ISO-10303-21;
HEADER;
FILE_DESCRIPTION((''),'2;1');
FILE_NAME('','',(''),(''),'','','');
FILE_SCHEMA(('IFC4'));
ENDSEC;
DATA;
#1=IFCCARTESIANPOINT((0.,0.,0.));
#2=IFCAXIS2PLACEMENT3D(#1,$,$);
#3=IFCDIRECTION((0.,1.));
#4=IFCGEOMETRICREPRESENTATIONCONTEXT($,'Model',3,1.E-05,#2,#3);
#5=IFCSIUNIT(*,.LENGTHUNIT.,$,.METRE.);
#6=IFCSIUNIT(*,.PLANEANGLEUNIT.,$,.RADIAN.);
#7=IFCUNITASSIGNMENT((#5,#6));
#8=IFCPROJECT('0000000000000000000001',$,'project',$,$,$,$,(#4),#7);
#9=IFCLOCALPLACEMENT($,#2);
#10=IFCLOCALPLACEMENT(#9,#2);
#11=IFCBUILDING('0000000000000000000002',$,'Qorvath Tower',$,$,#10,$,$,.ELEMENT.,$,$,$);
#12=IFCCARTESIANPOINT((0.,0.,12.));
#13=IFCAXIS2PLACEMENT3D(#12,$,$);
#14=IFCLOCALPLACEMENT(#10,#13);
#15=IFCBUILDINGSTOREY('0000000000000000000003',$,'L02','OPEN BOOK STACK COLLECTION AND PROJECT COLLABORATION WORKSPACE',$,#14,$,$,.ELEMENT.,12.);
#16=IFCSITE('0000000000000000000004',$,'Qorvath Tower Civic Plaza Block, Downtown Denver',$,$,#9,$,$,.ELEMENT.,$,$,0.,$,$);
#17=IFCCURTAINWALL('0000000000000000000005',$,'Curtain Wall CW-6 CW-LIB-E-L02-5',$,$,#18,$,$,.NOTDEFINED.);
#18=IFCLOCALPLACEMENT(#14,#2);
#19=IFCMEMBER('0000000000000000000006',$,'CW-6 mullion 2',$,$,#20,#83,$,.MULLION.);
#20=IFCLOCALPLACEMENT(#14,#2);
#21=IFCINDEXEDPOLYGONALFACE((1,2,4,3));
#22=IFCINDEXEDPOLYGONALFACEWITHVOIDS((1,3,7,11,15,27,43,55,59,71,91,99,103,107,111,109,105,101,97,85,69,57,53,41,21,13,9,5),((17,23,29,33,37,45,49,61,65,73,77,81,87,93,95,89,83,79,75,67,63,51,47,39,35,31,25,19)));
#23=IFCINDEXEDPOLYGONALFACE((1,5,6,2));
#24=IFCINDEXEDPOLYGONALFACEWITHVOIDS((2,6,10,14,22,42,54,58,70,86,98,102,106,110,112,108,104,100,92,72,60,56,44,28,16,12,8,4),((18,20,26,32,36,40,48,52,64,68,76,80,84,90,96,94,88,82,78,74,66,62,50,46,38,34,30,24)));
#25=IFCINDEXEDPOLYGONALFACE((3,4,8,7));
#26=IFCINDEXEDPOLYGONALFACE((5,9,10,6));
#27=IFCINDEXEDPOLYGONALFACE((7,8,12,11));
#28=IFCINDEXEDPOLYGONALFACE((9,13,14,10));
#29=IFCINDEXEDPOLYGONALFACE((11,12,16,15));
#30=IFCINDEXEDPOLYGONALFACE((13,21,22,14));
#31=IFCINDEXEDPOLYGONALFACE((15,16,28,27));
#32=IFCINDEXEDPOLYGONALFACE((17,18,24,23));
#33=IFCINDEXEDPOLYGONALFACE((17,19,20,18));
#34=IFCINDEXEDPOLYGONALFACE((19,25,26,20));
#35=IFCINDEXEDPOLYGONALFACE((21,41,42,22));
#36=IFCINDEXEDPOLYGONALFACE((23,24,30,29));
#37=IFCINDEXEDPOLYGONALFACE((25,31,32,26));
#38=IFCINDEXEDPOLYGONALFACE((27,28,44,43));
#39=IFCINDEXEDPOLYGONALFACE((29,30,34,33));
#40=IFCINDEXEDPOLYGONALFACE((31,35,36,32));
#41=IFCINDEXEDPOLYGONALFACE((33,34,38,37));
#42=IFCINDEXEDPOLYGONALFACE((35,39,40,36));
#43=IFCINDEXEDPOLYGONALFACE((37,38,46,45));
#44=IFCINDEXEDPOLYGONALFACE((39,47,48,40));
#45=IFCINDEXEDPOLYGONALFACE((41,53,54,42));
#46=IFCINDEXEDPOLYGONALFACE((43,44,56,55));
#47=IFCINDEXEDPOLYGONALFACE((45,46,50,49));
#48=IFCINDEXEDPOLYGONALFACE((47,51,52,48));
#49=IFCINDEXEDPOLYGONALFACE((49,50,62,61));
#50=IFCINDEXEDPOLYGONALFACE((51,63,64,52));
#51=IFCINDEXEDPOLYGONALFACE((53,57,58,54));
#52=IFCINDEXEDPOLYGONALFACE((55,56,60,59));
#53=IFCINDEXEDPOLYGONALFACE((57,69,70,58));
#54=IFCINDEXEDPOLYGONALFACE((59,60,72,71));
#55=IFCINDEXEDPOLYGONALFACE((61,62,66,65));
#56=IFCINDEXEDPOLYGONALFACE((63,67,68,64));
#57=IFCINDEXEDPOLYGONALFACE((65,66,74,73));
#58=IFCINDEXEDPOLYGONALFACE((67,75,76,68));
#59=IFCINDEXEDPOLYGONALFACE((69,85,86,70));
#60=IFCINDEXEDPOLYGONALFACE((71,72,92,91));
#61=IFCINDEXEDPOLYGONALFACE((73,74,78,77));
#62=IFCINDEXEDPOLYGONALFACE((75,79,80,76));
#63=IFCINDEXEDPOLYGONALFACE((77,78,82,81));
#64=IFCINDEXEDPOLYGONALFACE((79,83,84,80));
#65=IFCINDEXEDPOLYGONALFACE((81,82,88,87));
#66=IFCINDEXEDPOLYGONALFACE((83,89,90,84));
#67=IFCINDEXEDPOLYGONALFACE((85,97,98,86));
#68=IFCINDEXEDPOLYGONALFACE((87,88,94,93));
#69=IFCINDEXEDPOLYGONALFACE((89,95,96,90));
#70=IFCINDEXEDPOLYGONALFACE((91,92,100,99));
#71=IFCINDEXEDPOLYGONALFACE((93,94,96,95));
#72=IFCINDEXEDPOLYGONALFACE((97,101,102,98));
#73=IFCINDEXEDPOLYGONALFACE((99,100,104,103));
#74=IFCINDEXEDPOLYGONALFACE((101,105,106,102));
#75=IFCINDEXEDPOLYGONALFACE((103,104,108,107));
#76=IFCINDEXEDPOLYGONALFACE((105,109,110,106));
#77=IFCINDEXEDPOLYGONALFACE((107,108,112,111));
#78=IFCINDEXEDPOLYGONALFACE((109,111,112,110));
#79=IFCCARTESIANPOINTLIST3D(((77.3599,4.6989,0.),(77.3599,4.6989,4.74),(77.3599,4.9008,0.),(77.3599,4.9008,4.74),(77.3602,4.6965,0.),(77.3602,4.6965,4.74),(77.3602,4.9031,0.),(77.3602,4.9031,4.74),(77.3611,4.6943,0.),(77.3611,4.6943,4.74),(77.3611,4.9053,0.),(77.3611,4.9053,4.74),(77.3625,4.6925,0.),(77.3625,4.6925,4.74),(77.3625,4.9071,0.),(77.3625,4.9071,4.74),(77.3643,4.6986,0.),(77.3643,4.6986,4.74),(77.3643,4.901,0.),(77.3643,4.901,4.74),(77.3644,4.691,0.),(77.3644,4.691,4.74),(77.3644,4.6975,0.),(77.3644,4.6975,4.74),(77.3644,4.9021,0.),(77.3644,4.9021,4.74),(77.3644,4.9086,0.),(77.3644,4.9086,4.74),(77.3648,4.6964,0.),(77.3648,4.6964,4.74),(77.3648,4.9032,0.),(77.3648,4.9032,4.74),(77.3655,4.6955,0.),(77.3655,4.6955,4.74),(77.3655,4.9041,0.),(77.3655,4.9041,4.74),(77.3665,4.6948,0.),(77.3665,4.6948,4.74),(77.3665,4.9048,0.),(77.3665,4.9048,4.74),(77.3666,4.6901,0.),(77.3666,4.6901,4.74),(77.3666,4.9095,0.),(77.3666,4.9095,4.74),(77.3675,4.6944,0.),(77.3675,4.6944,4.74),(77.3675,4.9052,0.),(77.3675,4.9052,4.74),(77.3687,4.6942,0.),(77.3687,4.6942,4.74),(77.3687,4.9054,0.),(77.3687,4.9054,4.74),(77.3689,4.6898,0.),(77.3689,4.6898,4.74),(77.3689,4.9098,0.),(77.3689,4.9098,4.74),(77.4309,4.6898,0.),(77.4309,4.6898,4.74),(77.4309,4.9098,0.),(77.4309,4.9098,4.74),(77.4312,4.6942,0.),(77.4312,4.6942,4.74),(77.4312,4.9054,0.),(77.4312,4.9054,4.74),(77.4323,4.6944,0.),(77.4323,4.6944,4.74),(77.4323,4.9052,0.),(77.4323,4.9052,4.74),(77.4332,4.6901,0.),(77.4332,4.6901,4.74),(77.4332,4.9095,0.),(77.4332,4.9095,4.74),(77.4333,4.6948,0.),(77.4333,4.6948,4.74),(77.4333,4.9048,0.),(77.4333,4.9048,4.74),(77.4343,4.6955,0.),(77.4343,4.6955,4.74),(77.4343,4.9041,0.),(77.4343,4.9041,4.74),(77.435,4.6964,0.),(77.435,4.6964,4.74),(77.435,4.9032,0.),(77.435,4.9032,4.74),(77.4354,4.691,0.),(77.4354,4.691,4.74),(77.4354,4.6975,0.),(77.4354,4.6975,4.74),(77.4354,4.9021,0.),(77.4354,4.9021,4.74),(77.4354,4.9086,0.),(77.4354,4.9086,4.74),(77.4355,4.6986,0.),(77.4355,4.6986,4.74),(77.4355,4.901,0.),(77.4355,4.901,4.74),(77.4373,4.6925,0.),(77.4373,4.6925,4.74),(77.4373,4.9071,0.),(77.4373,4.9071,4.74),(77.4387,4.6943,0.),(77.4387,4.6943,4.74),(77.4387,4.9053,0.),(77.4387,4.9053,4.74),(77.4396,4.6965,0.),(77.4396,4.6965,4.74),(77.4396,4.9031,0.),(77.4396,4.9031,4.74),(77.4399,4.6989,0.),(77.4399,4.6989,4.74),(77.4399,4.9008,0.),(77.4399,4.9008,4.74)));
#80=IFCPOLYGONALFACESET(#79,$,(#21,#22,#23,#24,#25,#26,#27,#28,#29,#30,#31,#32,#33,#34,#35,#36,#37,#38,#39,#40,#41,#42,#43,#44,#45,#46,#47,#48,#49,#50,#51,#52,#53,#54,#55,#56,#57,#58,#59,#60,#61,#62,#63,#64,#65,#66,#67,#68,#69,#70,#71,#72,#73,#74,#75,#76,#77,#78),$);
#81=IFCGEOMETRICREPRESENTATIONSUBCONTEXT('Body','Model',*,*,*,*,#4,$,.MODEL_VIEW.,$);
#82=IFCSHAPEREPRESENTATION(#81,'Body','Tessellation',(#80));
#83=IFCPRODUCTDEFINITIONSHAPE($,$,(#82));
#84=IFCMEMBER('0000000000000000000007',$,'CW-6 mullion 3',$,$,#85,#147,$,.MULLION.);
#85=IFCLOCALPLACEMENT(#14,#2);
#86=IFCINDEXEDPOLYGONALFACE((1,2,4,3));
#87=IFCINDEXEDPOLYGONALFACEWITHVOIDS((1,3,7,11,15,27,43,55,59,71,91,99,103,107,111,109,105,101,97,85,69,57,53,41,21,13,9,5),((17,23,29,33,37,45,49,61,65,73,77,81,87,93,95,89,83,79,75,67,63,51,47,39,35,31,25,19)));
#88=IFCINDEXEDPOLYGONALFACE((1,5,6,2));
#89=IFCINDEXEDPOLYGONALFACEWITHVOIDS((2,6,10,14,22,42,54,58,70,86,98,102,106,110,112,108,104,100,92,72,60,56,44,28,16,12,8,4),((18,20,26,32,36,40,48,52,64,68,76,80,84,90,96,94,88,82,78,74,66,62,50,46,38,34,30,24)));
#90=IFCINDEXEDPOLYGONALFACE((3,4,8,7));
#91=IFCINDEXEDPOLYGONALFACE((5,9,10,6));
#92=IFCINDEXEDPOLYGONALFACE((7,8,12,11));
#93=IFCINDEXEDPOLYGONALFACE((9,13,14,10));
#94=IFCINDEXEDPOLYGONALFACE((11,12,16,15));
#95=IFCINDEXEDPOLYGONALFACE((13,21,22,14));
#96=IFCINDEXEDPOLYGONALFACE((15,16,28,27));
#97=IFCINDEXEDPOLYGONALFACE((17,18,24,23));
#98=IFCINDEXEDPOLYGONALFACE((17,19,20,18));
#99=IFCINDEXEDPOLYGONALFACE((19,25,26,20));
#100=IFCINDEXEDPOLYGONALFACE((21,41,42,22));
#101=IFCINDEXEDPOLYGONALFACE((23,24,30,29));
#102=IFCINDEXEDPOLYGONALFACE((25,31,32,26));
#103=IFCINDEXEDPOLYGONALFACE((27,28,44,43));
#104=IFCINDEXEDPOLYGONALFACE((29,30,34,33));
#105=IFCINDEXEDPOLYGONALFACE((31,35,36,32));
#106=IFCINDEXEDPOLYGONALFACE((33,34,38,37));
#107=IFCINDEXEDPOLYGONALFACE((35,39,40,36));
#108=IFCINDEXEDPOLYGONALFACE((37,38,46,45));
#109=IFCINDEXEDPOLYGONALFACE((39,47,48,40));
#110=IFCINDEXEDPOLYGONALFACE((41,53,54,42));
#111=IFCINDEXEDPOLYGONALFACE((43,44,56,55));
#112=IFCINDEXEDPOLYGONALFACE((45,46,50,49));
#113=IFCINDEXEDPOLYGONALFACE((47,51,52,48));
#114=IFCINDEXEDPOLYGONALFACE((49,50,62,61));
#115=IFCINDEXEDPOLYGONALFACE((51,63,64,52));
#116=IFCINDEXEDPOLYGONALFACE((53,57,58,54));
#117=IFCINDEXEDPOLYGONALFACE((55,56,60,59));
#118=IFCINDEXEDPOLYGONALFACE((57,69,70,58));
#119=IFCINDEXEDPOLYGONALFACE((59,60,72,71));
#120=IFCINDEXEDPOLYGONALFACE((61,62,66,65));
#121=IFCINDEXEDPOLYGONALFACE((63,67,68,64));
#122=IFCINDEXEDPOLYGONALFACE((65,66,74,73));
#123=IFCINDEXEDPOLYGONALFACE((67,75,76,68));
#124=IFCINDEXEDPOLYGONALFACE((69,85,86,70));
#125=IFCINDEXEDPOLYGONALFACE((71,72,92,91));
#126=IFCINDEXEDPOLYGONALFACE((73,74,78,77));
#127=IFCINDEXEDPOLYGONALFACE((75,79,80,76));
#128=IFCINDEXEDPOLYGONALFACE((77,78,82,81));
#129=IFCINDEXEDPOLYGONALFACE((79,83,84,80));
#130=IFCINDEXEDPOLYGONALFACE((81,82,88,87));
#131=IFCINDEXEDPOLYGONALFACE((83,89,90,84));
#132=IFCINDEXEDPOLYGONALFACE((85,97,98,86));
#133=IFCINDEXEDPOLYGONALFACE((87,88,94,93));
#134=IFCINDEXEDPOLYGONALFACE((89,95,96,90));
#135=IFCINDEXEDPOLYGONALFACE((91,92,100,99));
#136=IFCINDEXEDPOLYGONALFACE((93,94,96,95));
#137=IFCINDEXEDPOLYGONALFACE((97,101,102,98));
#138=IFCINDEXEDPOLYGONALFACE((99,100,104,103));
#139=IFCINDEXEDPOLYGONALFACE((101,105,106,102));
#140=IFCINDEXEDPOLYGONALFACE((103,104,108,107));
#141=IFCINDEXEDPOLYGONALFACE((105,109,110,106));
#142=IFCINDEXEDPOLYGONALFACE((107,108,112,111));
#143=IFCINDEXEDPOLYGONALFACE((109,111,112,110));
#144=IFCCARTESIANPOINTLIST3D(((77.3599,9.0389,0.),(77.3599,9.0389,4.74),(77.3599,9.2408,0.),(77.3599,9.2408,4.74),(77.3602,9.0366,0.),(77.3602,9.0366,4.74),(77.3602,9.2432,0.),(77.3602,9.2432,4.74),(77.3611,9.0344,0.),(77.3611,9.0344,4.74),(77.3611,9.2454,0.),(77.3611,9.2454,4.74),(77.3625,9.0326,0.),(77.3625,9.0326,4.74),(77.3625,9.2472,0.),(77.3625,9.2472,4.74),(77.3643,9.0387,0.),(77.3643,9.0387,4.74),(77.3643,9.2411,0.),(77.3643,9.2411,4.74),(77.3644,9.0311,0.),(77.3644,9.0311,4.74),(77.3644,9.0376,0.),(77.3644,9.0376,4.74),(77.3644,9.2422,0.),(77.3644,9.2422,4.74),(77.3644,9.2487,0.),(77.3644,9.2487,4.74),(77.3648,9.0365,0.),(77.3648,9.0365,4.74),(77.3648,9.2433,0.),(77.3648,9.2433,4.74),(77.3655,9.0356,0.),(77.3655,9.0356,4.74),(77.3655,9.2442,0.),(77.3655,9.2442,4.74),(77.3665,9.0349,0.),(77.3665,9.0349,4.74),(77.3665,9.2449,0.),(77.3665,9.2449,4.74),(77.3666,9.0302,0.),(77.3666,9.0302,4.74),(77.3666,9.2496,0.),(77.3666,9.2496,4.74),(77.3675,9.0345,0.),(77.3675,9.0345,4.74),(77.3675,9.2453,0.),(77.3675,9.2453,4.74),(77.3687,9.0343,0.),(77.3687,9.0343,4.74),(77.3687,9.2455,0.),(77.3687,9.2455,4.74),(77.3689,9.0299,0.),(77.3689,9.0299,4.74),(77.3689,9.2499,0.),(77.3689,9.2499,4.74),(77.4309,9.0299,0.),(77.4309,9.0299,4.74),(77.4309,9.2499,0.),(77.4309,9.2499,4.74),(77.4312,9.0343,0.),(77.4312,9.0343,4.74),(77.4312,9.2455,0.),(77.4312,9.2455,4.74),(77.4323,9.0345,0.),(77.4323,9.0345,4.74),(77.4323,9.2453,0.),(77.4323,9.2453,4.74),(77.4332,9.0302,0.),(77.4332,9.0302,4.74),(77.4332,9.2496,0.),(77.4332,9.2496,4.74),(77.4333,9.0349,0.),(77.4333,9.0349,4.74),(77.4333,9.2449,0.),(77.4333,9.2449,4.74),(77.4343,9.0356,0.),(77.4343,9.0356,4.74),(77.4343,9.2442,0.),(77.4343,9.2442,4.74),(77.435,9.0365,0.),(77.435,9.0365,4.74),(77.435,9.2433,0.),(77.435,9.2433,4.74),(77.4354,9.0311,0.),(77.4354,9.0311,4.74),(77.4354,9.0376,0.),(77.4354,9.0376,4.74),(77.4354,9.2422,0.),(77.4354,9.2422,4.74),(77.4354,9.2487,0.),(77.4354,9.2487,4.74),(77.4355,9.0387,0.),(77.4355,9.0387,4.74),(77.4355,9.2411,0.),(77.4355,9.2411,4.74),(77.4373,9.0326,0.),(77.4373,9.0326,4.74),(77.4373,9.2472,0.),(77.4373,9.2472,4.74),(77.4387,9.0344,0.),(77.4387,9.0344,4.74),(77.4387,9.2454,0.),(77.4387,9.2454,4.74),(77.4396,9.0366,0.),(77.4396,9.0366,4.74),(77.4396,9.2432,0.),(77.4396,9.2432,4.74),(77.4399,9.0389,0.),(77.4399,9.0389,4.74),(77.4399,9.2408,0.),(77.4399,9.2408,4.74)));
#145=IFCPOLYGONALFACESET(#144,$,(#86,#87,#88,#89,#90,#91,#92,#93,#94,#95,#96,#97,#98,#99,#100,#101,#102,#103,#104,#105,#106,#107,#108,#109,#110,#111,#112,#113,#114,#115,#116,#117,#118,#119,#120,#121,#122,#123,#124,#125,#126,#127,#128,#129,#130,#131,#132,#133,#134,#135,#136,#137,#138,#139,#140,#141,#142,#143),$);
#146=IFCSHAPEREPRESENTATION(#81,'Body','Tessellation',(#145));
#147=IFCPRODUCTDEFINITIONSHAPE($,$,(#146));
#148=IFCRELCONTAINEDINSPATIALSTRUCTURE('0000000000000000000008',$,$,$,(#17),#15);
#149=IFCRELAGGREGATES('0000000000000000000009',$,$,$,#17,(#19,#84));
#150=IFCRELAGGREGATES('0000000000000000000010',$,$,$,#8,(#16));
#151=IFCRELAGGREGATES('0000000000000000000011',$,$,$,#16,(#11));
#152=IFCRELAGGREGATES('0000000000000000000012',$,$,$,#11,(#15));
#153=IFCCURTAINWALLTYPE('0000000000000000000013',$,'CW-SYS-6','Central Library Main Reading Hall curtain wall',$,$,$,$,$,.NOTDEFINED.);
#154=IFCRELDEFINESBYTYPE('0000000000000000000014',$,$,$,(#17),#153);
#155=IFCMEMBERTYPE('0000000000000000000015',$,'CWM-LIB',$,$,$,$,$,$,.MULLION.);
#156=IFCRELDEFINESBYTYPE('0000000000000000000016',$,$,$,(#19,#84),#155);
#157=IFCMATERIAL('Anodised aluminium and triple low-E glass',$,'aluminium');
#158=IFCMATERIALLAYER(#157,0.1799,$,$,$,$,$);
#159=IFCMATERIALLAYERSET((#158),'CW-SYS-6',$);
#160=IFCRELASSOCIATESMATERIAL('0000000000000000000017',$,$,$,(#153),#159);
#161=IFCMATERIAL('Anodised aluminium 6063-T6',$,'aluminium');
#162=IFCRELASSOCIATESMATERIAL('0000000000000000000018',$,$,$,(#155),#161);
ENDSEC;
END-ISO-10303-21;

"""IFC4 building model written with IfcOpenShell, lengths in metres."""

from ifc_helpers import new_model, si_unit, direction, frame, origin, origin_2d, place, context, subcontext, project, spatial, hollow_rectangle, extrude, material, layer, layer_set, material_profile, profile_set, type_object, element, aggregate, save


model = new_model("IFC4")

# Units and contexts
model_context = context("Model", 3, precision=1e-05, world=origin(), true_north=direction((0.0, 1.0)))
body_context = subcontext(model_context, "Body", "Model", "MODEL_VIEW")
ifc_project = project(units=[si_unit("LENGTHUNIT", "METRE"), si_unit("PLANEANGLEUNIT", "RADIAN")], contexts=[model_context])

# Site, building, storey
site_placement = place(None, origin())
site = spatial("IfcSite", under=ifc_project, at=site_placement, Name="Qorvath Tower Civic Plaza Block, Downtown Denver", CompositionType="ELEMENT", RefElevation=0.0)
building_placement = place(site_placement, origin())
building = spatial("IfcBuilding", under=site, at=building_placement, Name="Qorvath Tower", CompositionType="ELEMENT")
storey_placement = place(building_placement, frame((0.0, 0.0, 12.0)))
storey = spatial("IfcBuildingStorey", under=building, at=storey_placement, Name="L02", Description="OPEN BOOK STACK COLLECTION AND PROJECT COLLABORATION WORKSPACE", CompositionType="ELEMENT", Elevation=12.0)

# Curtain wall, members
ifc_material_1 = material(Name="Anodised aluminium and triple low-E glass", Category="aluminium")
ifc_layer_1 = layer(ifc_material_1, 0.1799)
ifc_layer_set_1 = layer_set([ifc_layer_1], Name="CW-SYS-6")
curtain_wall_type = type_object("IfcCurtainWallType", Name="CW-SYS-6", Description="Central Library Main Reading Hall curtain wall", PredefinedType="NOTDEFINED", material=ifc_layer_set_1)
curtain_wall_1_placement = place(storey_placement, origin())
curtain_wall_1 = element("IfcCurtainWall", 1, at=curtain_wall_1_placement, inside=storey, type_object=curtain_wall_type, Name="Curtain Wall CW-6 CW-LIB-E-L02-5", PredefinedType="NOTDEFINED")
ifc_material_2 = material(Name="Anodised aluminium 6063-T6", Category="aluminium")
ifc_material_profile_1 = material_profile(ifc_material_2, hollow_rectangle(XDim=0.0801, YDim=0.22, WallThickness=0.0044, InnerFilletRadius=0.0044, OuterFilletRadius=0.009, at=origin_2d()), Name="CWM LIB 220x80")
ifc_profile_set_1 = profile_set([ifc_material_profile_1], Name="Anodised aluminium 6063-T6")
member_type_1 = type_object("IfcMemberType", Name="CWM-LIB", PredefinedType="MULLION", material=ifc_profile_set_1)
member_1_placement = place(storey_placement, frame((77.3999, 4.7998, 0.0), z_axis=(0.0, 0.0, 1.0), x_axis=(-1.0, 0.0, 0.0)))
member_1 = element("IfcMember", 2, at=member_1_placement, type_object=member_type_1, Name="CW-6 mullion 2", PredefinedType="MULLION", context=body_context, shape_type="SweptSolid", body=[
    extrude(hollow_rectangle(XDim=0.0801, YDim=0.22, WallThickness=0.0044, InnerFilletRadius=0.0044, OuterFilletRadius=0.009, at=origin_2d()), origin(), (0.0, 0.0, 1.0), 4.74),
])
member_2_placement = place(storey_placement, frame((77.3999, 9.1399, 0.0), z_axis=(0.0, 0.0, 1.0), x_axis=(-1.0, 0.0, 0.0)))
member_2 = element("IfcMember", 3, at=member_2_placement, type_object=member_type_1, Name="CW-6 mullion 3", PredefinedType="MULLION", context=body_context, shape_type="SweptSolid", body=[
    extrude(hollow_rectangle(XDim=0.0801, YDim=0.22, WallThickness=0.0044, InnerFilletRadius=0.0044, OuterFilletRadius=0.009, at=origin_2d()), origin(), (0.0, 0.0, 1.0), 4.74),
])

aggregate(curtain_wall_1, [member_1, member_2])

save(model, "model.ifc")
